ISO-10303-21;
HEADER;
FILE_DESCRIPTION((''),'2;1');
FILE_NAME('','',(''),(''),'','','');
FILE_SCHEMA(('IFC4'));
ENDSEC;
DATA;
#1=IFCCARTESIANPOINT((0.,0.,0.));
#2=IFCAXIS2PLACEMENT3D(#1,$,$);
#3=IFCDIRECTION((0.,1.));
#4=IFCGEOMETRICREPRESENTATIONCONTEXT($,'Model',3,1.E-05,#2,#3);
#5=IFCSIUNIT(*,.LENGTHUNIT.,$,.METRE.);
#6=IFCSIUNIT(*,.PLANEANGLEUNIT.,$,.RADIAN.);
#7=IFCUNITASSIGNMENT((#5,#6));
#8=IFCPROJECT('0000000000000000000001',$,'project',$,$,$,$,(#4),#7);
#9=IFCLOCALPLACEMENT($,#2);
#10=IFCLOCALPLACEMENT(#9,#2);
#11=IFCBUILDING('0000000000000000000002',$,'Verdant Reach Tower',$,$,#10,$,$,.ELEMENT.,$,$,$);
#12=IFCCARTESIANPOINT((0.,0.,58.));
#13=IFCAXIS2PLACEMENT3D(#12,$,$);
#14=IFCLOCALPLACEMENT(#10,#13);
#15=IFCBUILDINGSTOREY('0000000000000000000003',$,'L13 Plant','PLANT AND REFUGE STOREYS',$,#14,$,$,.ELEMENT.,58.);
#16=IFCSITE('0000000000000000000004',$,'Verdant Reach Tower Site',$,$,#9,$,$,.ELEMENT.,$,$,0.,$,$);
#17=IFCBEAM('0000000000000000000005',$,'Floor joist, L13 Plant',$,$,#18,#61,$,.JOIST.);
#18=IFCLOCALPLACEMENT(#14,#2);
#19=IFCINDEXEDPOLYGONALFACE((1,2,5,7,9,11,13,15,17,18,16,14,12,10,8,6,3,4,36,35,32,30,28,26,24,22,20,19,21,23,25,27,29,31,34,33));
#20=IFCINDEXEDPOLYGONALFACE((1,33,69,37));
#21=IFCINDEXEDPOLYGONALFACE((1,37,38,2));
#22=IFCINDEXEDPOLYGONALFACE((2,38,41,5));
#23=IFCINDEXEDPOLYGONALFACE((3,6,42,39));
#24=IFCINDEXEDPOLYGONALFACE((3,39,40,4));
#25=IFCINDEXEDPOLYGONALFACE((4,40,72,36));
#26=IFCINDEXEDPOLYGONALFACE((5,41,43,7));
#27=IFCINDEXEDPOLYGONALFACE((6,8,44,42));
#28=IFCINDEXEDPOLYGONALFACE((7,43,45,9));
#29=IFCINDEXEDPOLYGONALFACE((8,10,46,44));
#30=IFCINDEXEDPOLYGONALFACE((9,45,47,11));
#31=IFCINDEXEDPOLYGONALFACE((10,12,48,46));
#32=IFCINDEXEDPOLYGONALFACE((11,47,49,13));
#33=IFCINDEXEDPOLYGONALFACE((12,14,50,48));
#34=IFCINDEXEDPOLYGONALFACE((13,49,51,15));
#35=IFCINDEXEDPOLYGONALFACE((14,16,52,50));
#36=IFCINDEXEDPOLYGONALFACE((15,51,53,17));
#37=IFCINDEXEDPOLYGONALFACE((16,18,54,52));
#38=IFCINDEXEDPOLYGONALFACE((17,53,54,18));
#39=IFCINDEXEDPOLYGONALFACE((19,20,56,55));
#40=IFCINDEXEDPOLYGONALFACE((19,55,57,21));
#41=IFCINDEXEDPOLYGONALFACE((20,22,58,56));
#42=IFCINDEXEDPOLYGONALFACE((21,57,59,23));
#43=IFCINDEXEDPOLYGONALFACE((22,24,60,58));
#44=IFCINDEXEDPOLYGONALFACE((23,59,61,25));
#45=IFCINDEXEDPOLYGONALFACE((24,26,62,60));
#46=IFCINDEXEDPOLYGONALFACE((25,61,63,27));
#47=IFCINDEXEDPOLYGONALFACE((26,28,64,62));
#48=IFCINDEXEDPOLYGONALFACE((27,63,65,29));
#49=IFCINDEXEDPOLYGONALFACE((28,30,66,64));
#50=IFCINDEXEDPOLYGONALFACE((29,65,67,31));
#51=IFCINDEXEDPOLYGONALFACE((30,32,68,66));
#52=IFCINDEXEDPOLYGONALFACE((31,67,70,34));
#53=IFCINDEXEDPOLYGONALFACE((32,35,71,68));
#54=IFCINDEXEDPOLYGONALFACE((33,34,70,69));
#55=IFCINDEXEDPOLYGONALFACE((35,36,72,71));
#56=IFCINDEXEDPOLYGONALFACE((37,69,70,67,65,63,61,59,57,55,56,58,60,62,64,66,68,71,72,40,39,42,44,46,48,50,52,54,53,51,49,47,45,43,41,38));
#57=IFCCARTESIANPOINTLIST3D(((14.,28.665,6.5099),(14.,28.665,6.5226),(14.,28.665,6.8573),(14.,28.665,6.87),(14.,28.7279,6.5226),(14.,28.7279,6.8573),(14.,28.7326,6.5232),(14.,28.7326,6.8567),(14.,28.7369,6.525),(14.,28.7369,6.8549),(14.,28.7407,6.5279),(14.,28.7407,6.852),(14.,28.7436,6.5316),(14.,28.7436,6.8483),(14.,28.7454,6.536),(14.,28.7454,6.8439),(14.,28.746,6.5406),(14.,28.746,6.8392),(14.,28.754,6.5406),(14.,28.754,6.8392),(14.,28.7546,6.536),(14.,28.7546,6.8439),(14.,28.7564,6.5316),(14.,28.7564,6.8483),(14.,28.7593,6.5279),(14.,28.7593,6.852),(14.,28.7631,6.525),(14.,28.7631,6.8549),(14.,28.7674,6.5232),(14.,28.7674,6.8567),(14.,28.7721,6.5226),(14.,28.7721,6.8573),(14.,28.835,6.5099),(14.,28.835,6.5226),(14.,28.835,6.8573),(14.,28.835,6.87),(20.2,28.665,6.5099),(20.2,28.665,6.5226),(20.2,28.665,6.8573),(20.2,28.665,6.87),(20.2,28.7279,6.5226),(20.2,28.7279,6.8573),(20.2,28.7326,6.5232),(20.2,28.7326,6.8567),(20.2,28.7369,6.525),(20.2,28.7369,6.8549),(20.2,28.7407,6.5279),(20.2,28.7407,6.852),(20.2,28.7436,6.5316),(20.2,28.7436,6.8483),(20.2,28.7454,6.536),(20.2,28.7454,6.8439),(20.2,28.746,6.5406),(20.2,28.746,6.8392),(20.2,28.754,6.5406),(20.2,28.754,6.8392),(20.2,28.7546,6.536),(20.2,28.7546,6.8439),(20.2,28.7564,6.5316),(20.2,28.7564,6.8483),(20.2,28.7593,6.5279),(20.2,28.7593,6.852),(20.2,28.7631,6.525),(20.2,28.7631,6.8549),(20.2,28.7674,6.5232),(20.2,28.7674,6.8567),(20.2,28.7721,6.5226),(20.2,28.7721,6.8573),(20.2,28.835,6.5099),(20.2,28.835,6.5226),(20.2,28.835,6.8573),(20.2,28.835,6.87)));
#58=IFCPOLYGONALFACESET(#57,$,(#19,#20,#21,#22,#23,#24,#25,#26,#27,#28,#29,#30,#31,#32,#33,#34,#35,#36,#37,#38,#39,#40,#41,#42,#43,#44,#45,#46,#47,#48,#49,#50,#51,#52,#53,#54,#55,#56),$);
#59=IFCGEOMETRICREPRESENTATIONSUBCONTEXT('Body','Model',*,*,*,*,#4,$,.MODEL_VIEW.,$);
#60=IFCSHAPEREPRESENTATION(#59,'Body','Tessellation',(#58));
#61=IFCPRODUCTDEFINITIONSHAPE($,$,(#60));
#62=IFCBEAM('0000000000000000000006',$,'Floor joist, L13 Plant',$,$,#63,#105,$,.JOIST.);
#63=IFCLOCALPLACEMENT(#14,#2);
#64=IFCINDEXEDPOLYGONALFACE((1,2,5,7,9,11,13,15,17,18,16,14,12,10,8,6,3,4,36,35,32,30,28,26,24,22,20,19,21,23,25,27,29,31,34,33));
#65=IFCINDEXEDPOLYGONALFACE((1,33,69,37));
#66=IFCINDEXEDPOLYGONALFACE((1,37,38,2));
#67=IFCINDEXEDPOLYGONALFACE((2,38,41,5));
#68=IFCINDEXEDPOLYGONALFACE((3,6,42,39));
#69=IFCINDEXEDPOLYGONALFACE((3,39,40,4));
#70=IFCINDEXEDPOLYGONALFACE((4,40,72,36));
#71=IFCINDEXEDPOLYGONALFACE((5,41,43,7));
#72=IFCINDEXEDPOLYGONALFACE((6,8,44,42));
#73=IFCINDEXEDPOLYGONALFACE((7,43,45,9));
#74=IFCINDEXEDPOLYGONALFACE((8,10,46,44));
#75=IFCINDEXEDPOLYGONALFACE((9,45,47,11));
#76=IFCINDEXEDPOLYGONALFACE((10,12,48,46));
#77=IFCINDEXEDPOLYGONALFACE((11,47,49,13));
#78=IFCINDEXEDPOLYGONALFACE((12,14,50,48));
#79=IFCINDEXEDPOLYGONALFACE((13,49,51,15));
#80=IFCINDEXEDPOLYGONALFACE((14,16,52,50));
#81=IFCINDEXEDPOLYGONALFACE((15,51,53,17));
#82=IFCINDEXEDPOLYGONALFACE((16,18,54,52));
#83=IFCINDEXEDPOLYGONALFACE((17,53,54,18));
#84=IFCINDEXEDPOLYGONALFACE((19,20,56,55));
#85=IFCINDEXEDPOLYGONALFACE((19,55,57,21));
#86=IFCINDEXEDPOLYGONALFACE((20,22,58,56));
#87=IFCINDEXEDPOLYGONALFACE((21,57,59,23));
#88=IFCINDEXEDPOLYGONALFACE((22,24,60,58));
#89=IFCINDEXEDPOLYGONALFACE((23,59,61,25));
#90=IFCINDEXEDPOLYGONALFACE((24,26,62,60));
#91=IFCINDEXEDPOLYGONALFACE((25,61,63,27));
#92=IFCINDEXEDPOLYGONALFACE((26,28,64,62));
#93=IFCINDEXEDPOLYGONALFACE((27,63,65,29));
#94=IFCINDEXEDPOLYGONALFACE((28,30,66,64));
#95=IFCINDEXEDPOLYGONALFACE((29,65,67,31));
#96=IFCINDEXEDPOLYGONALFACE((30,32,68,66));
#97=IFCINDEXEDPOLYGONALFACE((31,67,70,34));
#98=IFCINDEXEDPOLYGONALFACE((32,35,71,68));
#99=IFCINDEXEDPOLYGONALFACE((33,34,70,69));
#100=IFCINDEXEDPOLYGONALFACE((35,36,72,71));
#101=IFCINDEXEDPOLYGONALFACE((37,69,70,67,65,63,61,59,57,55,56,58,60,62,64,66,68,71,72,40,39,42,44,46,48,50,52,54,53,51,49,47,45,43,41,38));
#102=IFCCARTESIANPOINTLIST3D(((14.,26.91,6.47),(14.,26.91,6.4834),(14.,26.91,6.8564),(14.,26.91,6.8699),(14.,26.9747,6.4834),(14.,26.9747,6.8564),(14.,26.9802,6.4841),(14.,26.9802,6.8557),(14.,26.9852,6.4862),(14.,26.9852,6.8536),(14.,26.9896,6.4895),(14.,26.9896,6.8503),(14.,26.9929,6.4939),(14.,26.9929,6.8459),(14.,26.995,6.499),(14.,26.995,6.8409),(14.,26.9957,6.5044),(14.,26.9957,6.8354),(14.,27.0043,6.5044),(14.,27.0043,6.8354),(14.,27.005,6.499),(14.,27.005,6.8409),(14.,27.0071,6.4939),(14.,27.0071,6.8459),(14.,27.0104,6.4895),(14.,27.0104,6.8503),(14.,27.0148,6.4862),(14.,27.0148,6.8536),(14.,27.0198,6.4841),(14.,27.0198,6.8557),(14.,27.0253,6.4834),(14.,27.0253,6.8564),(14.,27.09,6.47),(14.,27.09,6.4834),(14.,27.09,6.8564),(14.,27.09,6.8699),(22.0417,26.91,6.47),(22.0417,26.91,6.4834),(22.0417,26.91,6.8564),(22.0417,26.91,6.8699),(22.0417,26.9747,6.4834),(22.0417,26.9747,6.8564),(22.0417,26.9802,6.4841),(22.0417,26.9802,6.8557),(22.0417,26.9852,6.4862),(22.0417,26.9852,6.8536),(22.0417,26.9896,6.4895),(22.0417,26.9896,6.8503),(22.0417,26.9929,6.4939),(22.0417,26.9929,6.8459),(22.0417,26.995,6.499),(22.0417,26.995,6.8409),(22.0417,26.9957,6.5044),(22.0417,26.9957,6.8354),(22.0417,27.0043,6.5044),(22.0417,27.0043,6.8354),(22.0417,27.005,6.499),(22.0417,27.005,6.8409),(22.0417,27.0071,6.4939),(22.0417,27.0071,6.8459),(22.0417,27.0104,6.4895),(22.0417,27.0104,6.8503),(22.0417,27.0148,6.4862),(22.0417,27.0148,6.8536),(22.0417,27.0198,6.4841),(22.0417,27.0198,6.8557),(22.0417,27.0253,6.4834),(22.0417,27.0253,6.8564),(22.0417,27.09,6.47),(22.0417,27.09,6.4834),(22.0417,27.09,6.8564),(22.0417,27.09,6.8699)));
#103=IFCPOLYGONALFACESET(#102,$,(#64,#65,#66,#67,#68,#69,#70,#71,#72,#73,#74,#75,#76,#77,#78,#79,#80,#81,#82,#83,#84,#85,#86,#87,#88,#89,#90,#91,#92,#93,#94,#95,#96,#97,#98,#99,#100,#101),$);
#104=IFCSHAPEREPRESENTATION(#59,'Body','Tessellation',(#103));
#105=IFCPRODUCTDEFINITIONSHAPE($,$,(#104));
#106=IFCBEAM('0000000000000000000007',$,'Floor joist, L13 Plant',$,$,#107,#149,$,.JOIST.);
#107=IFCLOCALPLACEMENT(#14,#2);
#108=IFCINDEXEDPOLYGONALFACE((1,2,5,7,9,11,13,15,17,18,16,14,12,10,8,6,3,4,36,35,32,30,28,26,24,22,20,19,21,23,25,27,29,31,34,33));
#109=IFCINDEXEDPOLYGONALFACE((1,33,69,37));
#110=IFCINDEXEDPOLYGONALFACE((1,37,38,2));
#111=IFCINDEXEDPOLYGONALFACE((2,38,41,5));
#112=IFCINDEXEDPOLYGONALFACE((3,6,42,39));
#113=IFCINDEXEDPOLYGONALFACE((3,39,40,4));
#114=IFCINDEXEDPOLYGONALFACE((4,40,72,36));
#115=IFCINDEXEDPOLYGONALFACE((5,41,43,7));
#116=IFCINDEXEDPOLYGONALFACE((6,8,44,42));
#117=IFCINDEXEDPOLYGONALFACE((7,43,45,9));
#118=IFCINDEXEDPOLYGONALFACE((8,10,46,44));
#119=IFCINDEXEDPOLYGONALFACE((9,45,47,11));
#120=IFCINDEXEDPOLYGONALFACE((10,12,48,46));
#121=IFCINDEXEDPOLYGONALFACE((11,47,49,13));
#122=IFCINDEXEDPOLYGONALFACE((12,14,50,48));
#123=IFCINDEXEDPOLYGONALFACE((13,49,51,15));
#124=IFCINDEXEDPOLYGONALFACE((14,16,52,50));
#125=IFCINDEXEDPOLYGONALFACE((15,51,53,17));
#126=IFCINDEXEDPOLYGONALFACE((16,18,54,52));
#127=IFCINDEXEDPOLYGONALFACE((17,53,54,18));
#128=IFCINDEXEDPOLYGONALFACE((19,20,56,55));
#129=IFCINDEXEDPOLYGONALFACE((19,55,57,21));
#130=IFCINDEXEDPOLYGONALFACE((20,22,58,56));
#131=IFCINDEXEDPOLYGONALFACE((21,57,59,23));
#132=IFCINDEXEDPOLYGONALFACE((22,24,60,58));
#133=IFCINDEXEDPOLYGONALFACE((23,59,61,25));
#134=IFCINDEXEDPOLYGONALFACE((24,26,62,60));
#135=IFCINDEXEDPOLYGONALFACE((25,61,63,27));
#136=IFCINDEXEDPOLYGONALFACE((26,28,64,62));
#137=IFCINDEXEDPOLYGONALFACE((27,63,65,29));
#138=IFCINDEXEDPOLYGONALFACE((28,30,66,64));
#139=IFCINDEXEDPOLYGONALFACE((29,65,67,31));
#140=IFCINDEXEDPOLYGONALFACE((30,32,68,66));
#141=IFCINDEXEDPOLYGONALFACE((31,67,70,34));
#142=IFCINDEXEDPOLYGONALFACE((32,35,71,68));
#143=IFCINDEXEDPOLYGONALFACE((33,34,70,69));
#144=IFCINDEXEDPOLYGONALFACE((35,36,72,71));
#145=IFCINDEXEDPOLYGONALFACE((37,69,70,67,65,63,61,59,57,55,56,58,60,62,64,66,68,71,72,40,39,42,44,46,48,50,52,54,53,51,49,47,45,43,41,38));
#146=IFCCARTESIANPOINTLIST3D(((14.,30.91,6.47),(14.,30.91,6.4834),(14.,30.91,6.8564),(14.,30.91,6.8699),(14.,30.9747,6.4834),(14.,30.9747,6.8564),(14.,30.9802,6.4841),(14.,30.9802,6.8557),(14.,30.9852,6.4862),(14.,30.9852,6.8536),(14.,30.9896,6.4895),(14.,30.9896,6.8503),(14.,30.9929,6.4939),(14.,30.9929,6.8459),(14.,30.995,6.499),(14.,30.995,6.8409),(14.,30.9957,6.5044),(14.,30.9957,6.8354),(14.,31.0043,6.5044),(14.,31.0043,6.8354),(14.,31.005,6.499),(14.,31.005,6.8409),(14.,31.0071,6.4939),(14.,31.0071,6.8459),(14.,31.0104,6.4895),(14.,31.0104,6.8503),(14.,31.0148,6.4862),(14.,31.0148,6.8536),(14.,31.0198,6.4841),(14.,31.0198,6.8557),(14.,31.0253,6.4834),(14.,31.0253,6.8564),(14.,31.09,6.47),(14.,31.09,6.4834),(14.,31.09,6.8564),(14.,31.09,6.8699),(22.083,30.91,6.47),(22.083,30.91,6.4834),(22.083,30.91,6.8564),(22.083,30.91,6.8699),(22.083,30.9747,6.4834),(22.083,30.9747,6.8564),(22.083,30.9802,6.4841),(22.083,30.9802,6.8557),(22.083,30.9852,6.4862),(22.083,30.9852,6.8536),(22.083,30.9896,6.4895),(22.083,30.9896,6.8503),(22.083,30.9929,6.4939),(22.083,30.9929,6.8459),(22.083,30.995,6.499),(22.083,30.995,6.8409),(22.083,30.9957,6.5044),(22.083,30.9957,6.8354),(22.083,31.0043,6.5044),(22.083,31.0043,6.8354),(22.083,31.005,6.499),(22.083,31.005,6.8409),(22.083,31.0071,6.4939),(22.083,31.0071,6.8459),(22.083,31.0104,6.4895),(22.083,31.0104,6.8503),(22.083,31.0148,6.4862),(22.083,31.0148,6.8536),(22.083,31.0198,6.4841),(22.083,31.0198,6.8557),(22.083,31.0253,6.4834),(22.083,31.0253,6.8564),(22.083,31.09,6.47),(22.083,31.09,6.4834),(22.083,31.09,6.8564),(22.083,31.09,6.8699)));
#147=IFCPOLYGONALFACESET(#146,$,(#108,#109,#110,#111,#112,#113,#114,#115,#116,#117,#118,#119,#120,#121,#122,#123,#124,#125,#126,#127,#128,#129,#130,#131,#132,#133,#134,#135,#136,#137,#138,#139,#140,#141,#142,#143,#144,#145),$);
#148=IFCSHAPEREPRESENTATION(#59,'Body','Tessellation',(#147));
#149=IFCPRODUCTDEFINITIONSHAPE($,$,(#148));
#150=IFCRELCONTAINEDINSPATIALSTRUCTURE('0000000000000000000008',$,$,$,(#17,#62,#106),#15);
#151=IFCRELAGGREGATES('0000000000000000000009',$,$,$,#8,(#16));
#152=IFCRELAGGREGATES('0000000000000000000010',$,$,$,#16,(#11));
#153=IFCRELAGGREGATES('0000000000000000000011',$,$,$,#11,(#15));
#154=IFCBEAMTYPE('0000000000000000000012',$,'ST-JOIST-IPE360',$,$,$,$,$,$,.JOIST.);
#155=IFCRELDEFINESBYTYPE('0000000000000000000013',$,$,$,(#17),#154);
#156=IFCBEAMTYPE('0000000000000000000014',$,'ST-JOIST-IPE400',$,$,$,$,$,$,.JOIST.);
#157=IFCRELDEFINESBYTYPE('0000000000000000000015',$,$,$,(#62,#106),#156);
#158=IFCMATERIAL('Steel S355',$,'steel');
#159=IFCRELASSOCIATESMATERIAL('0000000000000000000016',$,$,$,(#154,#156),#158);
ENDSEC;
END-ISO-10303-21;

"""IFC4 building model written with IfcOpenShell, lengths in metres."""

from ifc_helpers import new_model, si_unit, direction, frame, origin, origin_2d, place, context, subcontext, project, spatial, i_section, extrude, material, material_profile, profile_set, type_object, element, save


model = new_model("IFC4")

# Units and contexts
model_context = context("Model", 3, precision=1e-05, world=origin(), true_north=direction((0.0, 1.0)))
body_context = subcontext(model_context, "Body", "Model", "MODEL_VIEW")
ifc_project = project(units=[si_unit("LENGTHUNIT", "METRE"), si_unit("PLANEANGLEUNIT", "RADIAN")], contexts=[model_context])

# Site, building, storey
site_placement = place(None, origin())
site = spatial("IfcSite", under=ifc_project, at=site_placement, Name="Verdant Reach Tower Site", CompositionType="ELEMENT", RefElevation=0.0)
building_placement = place(site_placement, origin())
building = spatial("IfcBuilding", under=site, at=building_placement, Name="Verdant Reach Tower", CompositionType="ELEMENT")
storey_placement = place(building_placement, frame((0.0, 0.0, 58.0)))
storey = spatial("IfcBuildingStorey", under=building, at=storey_placement, Name="L13 Plant", Description="PLANT AND REFUGE STOREYS", CompositionType="ELEMENT", Elevation=58.0)

# Beams
ifc_material_1 = material(Name="Steel S355", Category="steel")
ifc_material_profile_1 = material_profile(ifc_material_1, i_section(OverallWidth=0.1699, OverallDepth=0.3601, WebThickness=0.0081, FlangeThickness=0.0127, FilletRadius=0.0181, at=origin_2d()), Name="IPE 360")
ifc_profile_set_1 = profile_set([ifc_material_profile_1], Name="Steel S355")
beam_type_1 = type_object("IfcBeamType", Name="ST-JOIST-IPE360", PredefinedType="JOIST", material=ifc_profile_set_1)
beam_1_placement = place(storey_placement, frame((14.0, 28.75, 6.6899), z_axis=(1.0, 0.0, 0.0), x_axis=(0.0, 1.0, 0.0)))
element("IfcBeam", 1, at=beam_1_placement, inside=storey, type_object=beam_type_1, Name="Floor joist, L13 Plant", PredefinedType="JOIST", context=body_context, shape_type="SweptSolid", body=[
    extrude(i_section(OverallWidth=0.1699, OverallDepth=0.3601, WebThickness=0.0081, FlangeThickness=0.0127, FilletRadius=0.0181, at=origin_2d()), origin(), (0.0, 0.0, 1.0), 6.2),
])
ifc_material_profile_2 = material_profile(ifc_material_1, i_section(OverallWidth=0.1799, OverallDepth=0.3999, WebThickness=0.0085, FlangeThickness=0.0134, FilletRadius=0.021, at=origin_2d()), Name="IPE 400")
ifc_profile_set_2 = profile_set([ifc_material_profile_2], Name="Steel S355")
beam_type_2 = type_object("IfcBeamType", Name="ST-JOIST-IPE400", PredefinedType="JOIST", material=ifc_profile_set_2)
beam_2_placement = place(storey_placement, frame((14.0, 27.0, 6.6699), z_axis=(1.0, 0.0, 0.0), x_axis=(0.0, 1.0, 0.0)))
element("IfcBeam", 2, at=beam_2_placement, inside=storey, type_object=beam_type_2, Name="Floor joist, L13 Plant", PredefinedType="JOIST", context=body_context, shape_type="SweptSolid", body=[
    extrude(i_section(OverallWidth=0.1799, OverallDepth=0.3999, WebThickness=0.0085, FlangeThickness=0.0134, FilletRadius=0.021, at=origin_2d()), origin(), (0.0, 0.0, 1.0), 8.0417),
])
beam_3_placement = place(storey_placement, frame((14.0, 31.0, 6.6699), z_axis=(1.0, 0.0, 0.0), x_axis=(0.0, 1.0, 0.0)))
element("IfcBeam", 3, at=beam_3_placement, inside=storey, type_object=beam_type_2, Name="Floor joist, L13 Plant", PredefinedType="JOIST", context=body_context, shape_type="SweptSolid", body=[
    extrude(i_section(OverallWidth=0.1799, OverallDepth=0.3999, WebThickness=0.0085, FlangeThickness=0.0134, FilletRadius=0.021, at=origin_2d()), origin(), (0.0, 0.0, 1.0), 8.083),
])

save(model, "model.ifc")
